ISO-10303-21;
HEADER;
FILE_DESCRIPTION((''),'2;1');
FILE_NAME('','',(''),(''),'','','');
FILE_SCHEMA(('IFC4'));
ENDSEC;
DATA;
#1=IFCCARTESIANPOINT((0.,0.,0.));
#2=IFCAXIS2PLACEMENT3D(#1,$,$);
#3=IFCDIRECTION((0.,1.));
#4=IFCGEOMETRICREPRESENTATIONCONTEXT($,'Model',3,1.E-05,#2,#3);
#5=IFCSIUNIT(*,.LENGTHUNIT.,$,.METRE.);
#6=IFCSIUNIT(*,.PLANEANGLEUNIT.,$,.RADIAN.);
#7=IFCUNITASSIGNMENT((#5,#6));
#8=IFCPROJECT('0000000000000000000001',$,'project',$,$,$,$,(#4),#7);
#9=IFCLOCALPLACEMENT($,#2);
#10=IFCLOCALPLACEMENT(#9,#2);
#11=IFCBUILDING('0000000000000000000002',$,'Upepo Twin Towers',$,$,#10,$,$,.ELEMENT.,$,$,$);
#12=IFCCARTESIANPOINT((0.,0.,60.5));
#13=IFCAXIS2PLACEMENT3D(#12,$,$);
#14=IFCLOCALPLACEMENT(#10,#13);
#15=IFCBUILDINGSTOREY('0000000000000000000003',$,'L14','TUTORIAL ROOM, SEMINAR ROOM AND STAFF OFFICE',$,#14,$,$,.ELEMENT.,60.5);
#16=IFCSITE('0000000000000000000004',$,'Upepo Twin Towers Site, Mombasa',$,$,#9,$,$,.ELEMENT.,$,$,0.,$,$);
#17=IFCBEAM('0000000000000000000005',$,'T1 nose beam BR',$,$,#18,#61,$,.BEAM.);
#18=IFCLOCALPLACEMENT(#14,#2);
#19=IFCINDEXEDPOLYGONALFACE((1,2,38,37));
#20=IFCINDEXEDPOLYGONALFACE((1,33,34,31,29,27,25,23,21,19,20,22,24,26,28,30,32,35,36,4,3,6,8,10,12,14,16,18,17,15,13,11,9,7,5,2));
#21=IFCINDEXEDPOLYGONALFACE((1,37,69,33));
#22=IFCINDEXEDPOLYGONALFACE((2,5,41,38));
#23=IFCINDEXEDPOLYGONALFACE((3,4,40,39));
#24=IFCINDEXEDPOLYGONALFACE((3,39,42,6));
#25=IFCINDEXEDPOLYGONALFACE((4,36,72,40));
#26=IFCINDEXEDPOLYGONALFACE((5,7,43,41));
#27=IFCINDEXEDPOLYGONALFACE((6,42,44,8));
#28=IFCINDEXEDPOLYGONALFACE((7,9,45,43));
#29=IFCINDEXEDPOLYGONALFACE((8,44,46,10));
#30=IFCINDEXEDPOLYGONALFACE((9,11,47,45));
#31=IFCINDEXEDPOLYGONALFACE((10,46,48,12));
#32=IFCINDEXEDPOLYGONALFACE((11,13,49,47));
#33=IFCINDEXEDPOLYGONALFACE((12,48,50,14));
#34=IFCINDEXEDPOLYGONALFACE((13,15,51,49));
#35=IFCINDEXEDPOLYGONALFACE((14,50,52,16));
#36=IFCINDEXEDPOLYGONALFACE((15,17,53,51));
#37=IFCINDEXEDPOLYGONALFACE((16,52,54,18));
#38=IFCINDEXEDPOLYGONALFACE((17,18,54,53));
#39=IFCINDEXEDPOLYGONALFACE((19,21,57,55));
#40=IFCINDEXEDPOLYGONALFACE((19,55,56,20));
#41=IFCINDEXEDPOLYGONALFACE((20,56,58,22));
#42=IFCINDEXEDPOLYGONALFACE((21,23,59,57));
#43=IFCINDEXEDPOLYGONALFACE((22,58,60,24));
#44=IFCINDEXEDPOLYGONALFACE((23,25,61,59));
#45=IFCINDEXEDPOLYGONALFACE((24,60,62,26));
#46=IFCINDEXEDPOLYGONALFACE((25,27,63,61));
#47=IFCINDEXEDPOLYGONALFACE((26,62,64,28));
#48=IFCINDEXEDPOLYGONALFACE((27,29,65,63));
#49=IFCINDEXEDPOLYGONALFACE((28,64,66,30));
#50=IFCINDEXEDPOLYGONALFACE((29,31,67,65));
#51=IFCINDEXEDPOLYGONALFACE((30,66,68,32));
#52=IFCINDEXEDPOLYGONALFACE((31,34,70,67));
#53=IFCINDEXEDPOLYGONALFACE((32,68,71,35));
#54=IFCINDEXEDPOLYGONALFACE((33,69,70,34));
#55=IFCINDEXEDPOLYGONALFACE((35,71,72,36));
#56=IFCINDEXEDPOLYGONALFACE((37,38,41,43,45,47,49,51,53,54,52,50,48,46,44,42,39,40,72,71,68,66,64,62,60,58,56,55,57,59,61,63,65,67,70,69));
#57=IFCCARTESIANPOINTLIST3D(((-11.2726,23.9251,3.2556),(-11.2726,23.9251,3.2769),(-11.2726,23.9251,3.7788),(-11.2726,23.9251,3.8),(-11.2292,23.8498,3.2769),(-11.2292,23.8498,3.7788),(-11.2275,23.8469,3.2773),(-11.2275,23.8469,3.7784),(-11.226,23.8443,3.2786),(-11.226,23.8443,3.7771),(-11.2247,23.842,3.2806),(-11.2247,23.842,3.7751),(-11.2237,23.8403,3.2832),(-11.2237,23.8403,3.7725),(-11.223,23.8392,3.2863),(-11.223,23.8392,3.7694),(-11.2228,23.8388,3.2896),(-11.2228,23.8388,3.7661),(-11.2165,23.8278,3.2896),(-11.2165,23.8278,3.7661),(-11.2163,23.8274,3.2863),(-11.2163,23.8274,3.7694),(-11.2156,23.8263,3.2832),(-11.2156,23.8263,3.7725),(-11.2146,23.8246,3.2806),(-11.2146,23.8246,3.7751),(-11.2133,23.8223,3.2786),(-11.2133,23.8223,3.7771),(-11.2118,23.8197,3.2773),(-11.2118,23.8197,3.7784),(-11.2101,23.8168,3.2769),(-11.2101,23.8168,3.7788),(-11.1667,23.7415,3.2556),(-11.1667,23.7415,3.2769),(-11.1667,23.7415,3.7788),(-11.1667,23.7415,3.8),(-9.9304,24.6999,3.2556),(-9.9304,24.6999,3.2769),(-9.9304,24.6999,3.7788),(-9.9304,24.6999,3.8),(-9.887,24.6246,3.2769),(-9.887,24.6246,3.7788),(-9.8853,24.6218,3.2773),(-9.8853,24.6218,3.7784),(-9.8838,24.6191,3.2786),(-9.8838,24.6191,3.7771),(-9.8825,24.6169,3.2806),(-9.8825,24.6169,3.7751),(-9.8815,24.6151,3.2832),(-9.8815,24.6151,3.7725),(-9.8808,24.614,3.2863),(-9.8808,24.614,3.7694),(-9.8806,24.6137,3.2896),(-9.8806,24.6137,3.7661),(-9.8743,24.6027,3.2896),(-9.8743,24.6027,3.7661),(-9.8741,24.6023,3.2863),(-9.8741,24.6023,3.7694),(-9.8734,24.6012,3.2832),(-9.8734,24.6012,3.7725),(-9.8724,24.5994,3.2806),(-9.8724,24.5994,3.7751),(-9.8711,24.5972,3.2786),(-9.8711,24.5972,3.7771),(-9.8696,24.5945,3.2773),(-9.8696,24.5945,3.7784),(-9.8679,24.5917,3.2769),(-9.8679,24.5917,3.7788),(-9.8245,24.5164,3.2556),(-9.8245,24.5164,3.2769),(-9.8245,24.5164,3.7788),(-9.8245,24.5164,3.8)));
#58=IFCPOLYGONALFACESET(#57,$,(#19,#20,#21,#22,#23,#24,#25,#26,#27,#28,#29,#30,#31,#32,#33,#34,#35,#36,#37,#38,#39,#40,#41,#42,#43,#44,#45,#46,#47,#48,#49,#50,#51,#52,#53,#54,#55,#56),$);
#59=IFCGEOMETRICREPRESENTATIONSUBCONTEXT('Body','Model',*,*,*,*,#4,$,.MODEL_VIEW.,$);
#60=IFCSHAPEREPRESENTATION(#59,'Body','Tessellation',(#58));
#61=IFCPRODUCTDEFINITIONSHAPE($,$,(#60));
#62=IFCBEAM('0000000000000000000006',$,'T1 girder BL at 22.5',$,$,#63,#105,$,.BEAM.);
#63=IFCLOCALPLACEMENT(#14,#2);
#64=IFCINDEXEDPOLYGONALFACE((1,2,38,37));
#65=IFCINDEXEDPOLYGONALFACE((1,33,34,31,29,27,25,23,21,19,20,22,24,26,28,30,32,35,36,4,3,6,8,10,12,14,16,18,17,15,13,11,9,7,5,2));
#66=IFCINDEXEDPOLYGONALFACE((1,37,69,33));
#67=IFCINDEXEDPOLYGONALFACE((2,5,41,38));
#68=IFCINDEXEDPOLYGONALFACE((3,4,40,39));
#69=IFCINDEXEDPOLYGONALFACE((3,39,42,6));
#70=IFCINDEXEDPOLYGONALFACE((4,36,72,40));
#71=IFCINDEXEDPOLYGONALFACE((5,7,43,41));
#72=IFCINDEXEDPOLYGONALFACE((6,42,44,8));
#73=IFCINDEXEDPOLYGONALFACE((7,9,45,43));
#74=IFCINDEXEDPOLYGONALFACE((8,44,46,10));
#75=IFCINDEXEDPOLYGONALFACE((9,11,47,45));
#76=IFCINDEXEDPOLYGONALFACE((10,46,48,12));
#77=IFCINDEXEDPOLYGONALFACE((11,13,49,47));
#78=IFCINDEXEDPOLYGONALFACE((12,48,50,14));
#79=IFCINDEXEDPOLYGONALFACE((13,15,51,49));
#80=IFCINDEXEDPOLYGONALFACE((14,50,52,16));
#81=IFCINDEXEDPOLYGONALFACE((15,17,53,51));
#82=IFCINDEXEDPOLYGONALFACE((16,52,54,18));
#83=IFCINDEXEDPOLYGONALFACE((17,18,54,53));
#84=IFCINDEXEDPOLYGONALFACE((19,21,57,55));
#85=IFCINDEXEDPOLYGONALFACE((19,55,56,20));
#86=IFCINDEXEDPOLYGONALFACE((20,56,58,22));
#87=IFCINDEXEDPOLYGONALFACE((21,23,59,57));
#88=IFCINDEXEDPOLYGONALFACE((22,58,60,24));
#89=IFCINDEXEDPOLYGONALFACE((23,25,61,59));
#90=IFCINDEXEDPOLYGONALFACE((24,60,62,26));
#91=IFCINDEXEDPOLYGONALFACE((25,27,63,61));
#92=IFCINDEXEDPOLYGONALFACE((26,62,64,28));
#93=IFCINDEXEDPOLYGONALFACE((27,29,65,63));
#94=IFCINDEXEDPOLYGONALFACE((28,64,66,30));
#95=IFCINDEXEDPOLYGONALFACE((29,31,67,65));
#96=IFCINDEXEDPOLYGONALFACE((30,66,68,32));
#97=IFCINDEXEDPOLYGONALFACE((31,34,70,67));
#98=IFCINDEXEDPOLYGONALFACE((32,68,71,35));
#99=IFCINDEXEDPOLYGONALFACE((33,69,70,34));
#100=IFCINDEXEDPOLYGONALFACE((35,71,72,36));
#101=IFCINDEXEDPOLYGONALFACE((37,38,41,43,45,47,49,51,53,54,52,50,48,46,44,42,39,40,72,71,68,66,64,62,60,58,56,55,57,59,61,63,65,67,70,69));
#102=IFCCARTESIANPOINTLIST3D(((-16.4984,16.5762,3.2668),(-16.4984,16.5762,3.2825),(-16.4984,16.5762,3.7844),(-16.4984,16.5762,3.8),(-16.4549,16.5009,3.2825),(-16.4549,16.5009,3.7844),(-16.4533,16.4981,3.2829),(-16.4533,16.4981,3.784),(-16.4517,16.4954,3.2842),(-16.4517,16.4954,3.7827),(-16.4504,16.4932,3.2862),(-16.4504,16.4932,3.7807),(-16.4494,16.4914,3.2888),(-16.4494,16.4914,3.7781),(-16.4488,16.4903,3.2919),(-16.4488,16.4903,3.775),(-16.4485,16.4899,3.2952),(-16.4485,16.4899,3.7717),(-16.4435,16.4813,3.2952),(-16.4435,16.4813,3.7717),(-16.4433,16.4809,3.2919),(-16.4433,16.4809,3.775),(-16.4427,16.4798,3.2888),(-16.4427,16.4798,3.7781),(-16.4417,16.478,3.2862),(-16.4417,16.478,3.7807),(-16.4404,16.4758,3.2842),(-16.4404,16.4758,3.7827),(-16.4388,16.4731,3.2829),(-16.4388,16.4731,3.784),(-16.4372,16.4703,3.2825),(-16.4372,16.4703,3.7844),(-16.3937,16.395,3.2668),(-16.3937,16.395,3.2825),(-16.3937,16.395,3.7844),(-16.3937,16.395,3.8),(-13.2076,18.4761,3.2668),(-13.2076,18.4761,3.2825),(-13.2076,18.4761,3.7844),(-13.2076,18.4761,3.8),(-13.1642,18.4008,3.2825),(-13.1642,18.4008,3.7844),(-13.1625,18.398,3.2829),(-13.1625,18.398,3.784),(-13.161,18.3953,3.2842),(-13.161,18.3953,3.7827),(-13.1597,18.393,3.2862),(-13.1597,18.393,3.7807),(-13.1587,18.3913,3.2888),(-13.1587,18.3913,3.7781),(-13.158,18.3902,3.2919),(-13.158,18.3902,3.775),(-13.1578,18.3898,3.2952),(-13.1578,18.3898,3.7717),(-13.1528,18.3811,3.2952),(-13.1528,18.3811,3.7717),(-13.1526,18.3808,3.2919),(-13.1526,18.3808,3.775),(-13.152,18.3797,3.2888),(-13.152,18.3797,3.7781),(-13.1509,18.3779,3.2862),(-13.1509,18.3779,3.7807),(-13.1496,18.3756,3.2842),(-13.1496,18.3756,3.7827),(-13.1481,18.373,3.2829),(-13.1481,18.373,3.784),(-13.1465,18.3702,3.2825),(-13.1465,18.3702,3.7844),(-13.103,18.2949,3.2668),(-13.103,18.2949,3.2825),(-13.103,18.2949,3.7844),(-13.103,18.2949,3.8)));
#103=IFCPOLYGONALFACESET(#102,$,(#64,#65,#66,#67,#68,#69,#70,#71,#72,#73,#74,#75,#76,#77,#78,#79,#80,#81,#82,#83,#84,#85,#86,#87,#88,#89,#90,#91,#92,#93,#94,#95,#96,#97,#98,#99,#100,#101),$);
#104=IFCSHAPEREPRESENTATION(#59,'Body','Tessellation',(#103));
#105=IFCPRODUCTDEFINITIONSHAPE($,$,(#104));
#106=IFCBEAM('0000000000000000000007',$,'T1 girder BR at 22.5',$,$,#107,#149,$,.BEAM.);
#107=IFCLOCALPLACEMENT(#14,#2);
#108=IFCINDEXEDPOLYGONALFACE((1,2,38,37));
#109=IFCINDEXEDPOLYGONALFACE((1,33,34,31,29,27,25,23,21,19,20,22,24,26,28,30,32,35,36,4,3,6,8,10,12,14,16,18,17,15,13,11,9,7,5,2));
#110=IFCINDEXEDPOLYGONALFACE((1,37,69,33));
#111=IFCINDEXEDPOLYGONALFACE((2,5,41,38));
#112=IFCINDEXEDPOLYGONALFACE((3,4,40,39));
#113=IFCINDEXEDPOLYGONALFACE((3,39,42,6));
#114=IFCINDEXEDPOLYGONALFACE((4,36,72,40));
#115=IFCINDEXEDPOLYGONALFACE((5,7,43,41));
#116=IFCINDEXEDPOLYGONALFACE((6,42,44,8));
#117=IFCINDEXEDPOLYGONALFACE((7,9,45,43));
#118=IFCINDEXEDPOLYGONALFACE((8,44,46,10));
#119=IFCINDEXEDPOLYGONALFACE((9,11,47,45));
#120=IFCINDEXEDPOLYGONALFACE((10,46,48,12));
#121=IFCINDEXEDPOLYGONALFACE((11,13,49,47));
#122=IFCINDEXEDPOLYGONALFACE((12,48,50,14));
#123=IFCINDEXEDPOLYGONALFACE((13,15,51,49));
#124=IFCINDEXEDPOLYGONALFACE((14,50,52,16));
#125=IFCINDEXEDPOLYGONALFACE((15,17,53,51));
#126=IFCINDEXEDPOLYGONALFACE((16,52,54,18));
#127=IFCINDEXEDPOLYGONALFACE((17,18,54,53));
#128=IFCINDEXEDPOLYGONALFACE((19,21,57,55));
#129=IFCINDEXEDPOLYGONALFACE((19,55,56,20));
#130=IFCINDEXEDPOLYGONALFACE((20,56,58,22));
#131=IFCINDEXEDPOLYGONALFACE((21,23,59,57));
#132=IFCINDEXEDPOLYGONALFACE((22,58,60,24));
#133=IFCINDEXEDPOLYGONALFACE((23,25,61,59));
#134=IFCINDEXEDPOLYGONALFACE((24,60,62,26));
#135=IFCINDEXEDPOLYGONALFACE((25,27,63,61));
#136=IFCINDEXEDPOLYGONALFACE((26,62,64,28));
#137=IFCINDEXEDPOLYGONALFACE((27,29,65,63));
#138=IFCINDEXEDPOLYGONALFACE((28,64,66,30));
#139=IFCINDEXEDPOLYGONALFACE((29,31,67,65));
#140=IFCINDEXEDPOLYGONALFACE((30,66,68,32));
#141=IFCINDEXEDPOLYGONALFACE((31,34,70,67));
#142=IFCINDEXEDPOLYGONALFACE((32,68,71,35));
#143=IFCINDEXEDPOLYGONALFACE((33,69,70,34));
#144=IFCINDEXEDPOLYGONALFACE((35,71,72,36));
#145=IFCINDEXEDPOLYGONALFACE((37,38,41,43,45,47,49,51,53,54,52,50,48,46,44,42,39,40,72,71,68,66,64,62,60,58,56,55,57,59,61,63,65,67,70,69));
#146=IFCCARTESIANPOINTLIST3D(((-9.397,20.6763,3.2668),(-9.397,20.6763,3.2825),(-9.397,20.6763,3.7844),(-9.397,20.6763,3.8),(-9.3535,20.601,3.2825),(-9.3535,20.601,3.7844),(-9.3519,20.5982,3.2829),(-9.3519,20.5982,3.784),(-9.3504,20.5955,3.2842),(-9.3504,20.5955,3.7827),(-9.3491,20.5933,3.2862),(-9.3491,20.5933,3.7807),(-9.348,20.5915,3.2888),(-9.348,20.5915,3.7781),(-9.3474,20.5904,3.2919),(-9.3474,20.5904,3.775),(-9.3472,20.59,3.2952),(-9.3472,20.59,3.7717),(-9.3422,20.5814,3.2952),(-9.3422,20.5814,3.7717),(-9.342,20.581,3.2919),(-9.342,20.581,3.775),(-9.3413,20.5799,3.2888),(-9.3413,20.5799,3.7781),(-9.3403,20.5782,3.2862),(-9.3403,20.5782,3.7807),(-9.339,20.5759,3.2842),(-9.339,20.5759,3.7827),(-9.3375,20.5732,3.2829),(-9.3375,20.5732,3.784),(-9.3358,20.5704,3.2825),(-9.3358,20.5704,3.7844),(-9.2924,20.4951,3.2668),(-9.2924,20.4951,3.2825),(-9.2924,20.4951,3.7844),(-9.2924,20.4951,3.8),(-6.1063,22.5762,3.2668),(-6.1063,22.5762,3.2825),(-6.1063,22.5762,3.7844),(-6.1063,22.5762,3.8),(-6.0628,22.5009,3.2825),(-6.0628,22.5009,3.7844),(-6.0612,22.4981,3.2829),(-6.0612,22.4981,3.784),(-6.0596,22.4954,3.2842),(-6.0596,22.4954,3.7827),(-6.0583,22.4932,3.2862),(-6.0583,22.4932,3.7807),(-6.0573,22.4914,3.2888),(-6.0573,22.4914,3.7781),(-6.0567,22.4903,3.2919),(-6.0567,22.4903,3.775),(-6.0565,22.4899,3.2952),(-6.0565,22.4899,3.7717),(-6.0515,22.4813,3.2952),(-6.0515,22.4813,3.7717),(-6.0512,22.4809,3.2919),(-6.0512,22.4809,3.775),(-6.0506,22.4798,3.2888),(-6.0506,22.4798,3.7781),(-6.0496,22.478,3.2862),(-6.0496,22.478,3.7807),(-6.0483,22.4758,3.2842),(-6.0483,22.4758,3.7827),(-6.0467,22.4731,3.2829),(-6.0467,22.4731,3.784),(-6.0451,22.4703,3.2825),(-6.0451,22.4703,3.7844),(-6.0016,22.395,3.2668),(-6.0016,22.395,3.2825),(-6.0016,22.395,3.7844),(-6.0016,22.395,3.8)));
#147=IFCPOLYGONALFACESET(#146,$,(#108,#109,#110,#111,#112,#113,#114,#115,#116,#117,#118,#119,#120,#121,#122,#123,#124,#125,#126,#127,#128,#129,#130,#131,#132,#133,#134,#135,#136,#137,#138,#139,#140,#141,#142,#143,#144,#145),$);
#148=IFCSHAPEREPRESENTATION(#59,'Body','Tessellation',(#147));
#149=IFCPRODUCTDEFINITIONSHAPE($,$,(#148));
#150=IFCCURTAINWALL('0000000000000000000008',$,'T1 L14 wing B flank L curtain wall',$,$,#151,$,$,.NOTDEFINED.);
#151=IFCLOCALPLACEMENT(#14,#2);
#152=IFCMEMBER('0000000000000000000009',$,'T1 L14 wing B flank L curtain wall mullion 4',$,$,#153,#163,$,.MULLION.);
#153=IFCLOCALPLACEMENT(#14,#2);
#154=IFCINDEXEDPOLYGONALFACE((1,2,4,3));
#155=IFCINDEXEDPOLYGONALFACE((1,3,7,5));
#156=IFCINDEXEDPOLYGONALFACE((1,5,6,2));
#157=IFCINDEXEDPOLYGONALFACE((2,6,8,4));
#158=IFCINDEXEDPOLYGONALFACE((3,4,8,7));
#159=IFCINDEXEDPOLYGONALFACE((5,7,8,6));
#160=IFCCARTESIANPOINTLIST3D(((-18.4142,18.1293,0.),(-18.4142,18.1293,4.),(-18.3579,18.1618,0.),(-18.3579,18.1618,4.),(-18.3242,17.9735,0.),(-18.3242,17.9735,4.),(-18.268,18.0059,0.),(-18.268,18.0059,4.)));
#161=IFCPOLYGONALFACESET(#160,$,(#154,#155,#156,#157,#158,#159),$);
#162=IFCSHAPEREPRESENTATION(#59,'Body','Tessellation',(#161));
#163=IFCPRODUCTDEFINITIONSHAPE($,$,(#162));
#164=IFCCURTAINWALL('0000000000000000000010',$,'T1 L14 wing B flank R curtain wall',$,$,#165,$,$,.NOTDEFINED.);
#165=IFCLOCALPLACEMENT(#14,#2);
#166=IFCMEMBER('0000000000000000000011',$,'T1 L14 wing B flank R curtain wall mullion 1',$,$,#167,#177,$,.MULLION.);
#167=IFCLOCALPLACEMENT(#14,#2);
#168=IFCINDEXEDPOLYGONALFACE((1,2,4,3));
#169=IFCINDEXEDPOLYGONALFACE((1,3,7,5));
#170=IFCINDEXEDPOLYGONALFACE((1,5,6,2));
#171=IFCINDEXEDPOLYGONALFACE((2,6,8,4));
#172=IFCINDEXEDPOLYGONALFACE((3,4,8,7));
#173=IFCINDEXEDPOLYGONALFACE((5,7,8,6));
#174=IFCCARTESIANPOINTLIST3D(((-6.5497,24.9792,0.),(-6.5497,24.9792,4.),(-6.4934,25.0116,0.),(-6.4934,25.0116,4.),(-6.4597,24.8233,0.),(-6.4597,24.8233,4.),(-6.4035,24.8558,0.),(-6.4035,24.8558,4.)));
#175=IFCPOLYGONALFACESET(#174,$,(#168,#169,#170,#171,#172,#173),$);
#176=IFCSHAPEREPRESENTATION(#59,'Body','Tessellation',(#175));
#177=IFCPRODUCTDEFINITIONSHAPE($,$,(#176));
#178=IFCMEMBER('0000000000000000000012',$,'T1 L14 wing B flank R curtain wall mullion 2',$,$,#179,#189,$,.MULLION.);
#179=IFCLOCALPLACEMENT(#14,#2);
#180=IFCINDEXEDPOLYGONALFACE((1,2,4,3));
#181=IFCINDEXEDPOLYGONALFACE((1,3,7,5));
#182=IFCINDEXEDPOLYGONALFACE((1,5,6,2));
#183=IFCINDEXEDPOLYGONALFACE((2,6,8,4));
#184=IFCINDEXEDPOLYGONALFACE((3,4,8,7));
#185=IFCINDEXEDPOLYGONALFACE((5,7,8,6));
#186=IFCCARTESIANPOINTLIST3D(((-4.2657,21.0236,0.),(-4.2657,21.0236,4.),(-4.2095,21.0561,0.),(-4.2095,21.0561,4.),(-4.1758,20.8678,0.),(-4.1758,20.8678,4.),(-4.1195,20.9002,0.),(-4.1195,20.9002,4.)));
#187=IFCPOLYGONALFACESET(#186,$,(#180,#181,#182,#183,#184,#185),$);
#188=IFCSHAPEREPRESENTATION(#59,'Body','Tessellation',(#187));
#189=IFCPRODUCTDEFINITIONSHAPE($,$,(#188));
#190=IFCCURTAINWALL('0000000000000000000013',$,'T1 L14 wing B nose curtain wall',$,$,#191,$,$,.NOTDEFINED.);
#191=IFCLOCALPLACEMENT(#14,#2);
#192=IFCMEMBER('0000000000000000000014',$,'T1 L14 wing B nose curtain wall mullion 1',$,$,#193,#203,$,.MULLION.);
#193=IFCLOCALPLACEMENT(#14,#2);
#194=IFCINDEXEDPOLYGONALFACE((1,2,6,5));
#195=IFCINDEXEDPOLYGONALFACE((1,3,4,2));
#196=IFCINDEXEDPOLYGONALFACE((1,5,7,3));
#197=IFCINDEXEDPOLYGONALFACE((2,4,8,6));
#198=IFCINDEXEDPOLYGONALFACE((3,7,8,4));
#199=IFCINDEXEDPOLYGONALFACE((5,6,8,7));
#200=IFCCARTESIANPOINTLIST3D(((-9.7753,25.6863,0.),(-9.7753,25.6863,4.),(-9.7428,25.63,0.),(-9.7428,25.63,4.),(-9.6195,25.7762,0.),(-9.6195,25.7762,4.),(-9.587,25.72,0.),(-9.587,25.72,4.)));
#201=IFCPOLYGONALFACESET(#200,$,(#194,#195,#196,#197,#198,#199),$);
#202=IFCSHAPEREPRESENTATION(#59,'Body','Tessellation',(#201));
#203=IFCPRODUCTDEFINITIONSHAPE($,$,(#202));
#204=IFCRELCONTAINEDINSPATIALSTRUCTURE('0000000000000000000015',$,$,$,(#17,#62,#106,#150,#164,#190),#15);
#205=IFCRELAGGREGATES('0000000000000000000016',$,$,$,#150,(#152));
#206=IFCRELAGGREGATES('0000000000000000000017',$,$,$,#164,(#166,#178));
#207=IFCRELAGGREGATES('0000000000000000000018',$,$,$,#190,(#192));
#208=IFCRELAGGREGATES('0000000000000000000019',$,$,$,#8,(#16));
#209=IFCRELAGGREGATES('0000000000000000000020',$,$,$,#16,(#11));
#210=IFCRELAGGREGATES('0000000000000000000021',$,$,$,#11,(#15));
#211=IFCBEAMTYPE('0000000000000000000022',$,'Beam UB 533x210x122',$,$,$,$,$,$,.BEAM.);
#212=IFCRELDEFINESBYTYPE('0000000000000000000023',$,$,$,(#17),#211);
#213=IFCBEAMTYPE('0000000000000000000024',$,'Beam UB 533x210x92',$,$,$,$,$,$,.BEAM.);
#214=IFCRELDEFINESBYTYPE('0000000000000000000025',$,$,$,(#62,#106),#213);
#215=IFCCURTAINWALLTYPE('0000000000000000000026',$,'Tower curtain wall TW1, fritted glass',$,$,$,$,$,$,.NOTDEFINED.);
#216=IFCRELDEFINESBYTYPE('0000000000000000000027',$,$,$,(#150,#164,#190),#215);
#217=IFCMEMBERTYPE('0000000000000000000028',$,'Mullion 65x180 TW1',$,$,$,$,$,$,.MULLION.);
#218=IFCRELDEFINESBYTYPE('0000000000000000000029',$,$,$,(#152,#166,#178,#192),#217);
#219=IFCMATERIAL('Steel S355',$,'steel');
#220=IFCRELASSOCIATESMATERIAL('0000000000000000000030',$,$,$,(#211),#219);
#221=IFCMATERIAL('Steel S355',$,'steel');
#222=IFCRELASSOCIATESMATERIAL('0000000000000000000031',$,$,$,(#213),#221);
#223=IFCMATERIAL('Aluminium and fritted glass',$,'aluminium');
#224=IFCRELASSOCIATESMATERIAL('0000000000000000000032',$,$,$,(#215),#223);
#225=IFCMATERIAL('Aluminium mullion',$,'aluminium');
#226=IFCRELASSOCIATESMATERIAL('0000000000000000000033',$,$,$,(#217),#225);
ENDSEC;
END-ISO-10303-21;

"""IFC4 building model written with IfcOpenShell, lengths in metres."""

from ifc_helpers import new_model, si_unit, direction, frame, origin, origin_2d, place, context, subcontext, project, spatial, rectangle, i_section, extrude, material, material_profile, profile_set, type_object, element, aggregate, save


model = new_model("IFC4")

# Units and contexts
model_context = context("Model", 3, precision=1e-05, world=origin(), true_north=direction((0.0, 1.0)))
body_context = subcontext(model_context, "Body", "Model", "MODEL_VIEW")
ifc_project = project(units=[si_unit("LENGTHUNIT", "METRE"), si_unit("PLANEANGLEUNIT", "RADIAN")], contexts=[model_context])

# Site, building, storey
site_placement = place(None, origin())
site = spatial("IfcSite", under=ifc_project, at=site_placement, Name="Upepo Twin Towers Site, Mombasa", CompositionType="ELEMENT", RefElevation=0.0)
building_placement = place(site_placement, origin())
building = spatial("IfcBuilding", under=site, at=building_placement, Name="Upepo Twin Towers", CompositionType="ELEMENT")
storey_placement = place(building_placement, frame((0.0, 0.0, 60.5)))
storey = spatial("IfcBuildingStorey", under=building, at=storey_placement, Name="L14", Description="TUTORIAL ROOM, SEMINAR ROOM AND STAFF OFFICE", CompositionType="ELEMENT", Elevation=60.5)

# Beams
ifc_material_1 = material(Name="Steel S355", Category="steel")
ifc_material_profile_1 = material_profile(ifc_material_1, i_section(OverallWidth=0.2119, OverallDepth=0.5444, WebThickness=0.0127, FlangeThickness=0.0212, FilletRadius=0.0127, at=origin_2d()), Name="UB 533x210x122")
ifc_profile_set_1 = profile_set([ifc_material_profile_1], Name="Steel S355")
beam_type_1 = type_object("IfcBeamType", Name="Beam UB 533x210x122", PredefinedType="BEAM", material=ifc_profile_set_1)
for number, where, z_axis, x_axis, name in (
    (1, (-9.8774, 24.6082, 3.5278), (-0.866044, -0.499968, 0.0), (0.499968, -0.866044, 0.0), "T1 nose beam BR"),
):
    element("IfcBeam", number, at=place(storey_placement, frame(where, z_axis=z_axis, x_axis=x_axis)), inside=storey, type_object=beam_type_1, Name=name, PredefinedType="BEAM", context=body_context, shape_type="SweptSolid", body=[
        extrude(i_section(OverallWidth=0.2119, OverallDepth=0.5444, WebThickness=0.0127, FlangeThickness=0.0212, FilletRadius=0.0127, at=origin_2d()), origin(), (0.0, 0.0, 1.0), 1.5498),
    ])
ifc_material_2 = material(Name="Steel S355", Category="steel")
ifc_material_profile_2 = material_profile(ifc_material_2, i_section(OverallWidth=0.2092, OverallDepth=0.5332, WebThickness=0.01, FlangeThickness=0.0156, FilletRadius=0.0127, at=origin_2d()), Name="UB 533x210x92")
ifc_profile_set_2 = profile_set([ifc_material_profile_2], Name="Steel S355")
beam_type_2 = type_object("IfcBeamType", Name="Beam UB 533x210x92", PredefinedType="BEAM", material=ifc_profile_set_2)
for number, where, z_axis, x_axis, name in (
    (2, (-16.446, 16.4856, 3.5334), (0.866028, 0.499995, 0.0), (-0.499995, 0.866028, 0.0), "T1 girder BL at 22.5"),
    (3, (-6.054, 22.4856, 3.5334), (-0.866028, -0.499995, 0.0), (0.499995, -0.866028, 0.0), "T1 girder BR at 22.5"),
):
    element("IfcBeam", number, at=place(storey_placement, frame(where, z_axis=z_axis, x_axis=x_axis)), inside=storey, type_object=beam_type_2, Name=name, PredefinedType="BEAM", context=body_context, shape_type="SweptSolid", body=[
        extrude(i_section(OverallWidth=0.2092, OverallDepth=0.5332, WebThickness=0.01, FlangeThickness=0.0156, FilletRadius=0.0127, at=origin_2d()), origin(), (0.0, 0.0, 1.0), 3.7998),
    ])

# Curtain wall, member
ifc_material_3 = material(Name="Aluminium and fritted glass", Category="aluminium")
curtain_wall_type = type_object("IfcCurtainWallType", Name="Tower curtain wall TW1, fritted glass", PredefinedType="NOTDEFINED", material=ifc_material_3)
curtain_wall_1_placement = place(storey_placement, origin())
curtain_wall_1 = element("IfcCurtainWall", 4, at=curtain_wall_1_placement, inside=storey, type_object=curtain_wall_type, Name="T1 L14 wing B flank L curtain wall", PredefinedType="NOTDEFINED")
ifc_material_4 = material(Name="Aluminium mullion", Category="aluminium")
ifc_material_profile_3 = material_profile(ifc_material_4, rectangle(XDim=0.0649, YDim=0.1799, at=origin_2d()), Name="MULLION 65x180")
ifc_profile_set_3 = profile_set([ifc_material_profile_3], Name="Aluminium mullion")
member_type_1 = type_object("IfcMemberType", Name="Mullion 65x180 TW1", PredefinedType="MULLION", material=ifc_profile_set_3)
member_1_placement = place(storey_placement, frame((-18.3411, 18.0676, 0.0), z_axis=(0.0, 0.0, 1.0), x_axis=(-0.866025, -0.5, 0.0)))
member_1 = element("IfcMember", 5, at=member_1_placement, type_object=member_type_1, Name="T1 L14 wing B flank L curtain wall mullion 4", PredefinedType="MULLION", context=body_context, shape_type="SweptSolid", body=[
    extrude(rectangle(XDim=0.0649, YDim=0.1799, at=origin_2d()), origin(), (0.0, 0.0, 1.0), 4.0),
])
aggregate(curtain_wall_1, [member_1])

# Curtain walls, members
curtain_wall_2_placement = place(storey_placement, origin())
curtain_wall_2 = element("IfcCurtainWall", 6, at=curtain_wall_2_placement, inside=storey, type_object=curtain_wall_type, Name="T1 L14 wing B flank R curtain wall", PredefinedType="NOTDEFINED")
member_2_placement = place(storey_placement, frame((-6.4766, 24.9175, 0.0), z_axis=(0.0, 0.0, 1.0), x_axis=(0.866025, 0.5, 0.0)))
member_2 = element("IfcMember", 7, at=member_2_placement, type_object=member_type_1, Name="T1 L14 wing B flank R curtain wall mullion 1", PredefinedType="MULLION", context=body_context, shape_type="SweptSolid", body=[
    extrude(rectangle(XDim=0.0649, YDim=0.1799, at=origin_2d()), origin(), (0.0, 0.0, 1.0), 4.0),
])
member_3_placement = place(storey_placement, frame((-4.1926, 20.9619, 0.0), z_axis=(0.0, 0.0, 1.0), x_axis=(0.866025, 0.5, 0.0)))
member_3 = element("IfcMember", 8, at=member_3_placement, type_object=member_type_1, Name="T1 L14 wing B flank R curtain wall mullion 2", PredefinedType="MULLION", context=body_context, shape_type="SweptSolid", body=[
    extrude(rectangle(XDim=0.0649, YDim=0.1799, at=origin_2d()), origin(), (0.0, 0.0, 1.0), 4.0),
])
curtain_wall_3_placement = place(storey_placement, origin())
curtain_wall_3 = element("IfcCurtainWall", 9, at=curtain_wall_3_placement, inside=storey, type_object=curtain_wall_type, Name="T1 L14 wing B nose curtain wall", PredefinedType="NOTDEFINED")
member_4_placement = place(storey_placement, frame((-9.6812, 25.7031, 0.0), z_axis=(0.0, 0.0, 1.0), x_axis=(0.5, -0.866025, 0.0)))
member_4 = element("IfcMember", 10, at=member_4_placement, type_object=member_type_1, Name="T1 L14 wing B nose curtain wall mullion 1", PredefinedType="MULLION", context=body_context, shape_type="SweptSolid", body=[
    extrude(rectangle(XDim=0.0649, YDim=0.1799, at=origin_2d()), origin(), (0.0, 0.0, 1.0), 4.0),
])

aggregate(curtain_wall_2, [member_2, member_3])
aggregate(curtain_wall_3, [member_4])

save(model, "model.ifc")
